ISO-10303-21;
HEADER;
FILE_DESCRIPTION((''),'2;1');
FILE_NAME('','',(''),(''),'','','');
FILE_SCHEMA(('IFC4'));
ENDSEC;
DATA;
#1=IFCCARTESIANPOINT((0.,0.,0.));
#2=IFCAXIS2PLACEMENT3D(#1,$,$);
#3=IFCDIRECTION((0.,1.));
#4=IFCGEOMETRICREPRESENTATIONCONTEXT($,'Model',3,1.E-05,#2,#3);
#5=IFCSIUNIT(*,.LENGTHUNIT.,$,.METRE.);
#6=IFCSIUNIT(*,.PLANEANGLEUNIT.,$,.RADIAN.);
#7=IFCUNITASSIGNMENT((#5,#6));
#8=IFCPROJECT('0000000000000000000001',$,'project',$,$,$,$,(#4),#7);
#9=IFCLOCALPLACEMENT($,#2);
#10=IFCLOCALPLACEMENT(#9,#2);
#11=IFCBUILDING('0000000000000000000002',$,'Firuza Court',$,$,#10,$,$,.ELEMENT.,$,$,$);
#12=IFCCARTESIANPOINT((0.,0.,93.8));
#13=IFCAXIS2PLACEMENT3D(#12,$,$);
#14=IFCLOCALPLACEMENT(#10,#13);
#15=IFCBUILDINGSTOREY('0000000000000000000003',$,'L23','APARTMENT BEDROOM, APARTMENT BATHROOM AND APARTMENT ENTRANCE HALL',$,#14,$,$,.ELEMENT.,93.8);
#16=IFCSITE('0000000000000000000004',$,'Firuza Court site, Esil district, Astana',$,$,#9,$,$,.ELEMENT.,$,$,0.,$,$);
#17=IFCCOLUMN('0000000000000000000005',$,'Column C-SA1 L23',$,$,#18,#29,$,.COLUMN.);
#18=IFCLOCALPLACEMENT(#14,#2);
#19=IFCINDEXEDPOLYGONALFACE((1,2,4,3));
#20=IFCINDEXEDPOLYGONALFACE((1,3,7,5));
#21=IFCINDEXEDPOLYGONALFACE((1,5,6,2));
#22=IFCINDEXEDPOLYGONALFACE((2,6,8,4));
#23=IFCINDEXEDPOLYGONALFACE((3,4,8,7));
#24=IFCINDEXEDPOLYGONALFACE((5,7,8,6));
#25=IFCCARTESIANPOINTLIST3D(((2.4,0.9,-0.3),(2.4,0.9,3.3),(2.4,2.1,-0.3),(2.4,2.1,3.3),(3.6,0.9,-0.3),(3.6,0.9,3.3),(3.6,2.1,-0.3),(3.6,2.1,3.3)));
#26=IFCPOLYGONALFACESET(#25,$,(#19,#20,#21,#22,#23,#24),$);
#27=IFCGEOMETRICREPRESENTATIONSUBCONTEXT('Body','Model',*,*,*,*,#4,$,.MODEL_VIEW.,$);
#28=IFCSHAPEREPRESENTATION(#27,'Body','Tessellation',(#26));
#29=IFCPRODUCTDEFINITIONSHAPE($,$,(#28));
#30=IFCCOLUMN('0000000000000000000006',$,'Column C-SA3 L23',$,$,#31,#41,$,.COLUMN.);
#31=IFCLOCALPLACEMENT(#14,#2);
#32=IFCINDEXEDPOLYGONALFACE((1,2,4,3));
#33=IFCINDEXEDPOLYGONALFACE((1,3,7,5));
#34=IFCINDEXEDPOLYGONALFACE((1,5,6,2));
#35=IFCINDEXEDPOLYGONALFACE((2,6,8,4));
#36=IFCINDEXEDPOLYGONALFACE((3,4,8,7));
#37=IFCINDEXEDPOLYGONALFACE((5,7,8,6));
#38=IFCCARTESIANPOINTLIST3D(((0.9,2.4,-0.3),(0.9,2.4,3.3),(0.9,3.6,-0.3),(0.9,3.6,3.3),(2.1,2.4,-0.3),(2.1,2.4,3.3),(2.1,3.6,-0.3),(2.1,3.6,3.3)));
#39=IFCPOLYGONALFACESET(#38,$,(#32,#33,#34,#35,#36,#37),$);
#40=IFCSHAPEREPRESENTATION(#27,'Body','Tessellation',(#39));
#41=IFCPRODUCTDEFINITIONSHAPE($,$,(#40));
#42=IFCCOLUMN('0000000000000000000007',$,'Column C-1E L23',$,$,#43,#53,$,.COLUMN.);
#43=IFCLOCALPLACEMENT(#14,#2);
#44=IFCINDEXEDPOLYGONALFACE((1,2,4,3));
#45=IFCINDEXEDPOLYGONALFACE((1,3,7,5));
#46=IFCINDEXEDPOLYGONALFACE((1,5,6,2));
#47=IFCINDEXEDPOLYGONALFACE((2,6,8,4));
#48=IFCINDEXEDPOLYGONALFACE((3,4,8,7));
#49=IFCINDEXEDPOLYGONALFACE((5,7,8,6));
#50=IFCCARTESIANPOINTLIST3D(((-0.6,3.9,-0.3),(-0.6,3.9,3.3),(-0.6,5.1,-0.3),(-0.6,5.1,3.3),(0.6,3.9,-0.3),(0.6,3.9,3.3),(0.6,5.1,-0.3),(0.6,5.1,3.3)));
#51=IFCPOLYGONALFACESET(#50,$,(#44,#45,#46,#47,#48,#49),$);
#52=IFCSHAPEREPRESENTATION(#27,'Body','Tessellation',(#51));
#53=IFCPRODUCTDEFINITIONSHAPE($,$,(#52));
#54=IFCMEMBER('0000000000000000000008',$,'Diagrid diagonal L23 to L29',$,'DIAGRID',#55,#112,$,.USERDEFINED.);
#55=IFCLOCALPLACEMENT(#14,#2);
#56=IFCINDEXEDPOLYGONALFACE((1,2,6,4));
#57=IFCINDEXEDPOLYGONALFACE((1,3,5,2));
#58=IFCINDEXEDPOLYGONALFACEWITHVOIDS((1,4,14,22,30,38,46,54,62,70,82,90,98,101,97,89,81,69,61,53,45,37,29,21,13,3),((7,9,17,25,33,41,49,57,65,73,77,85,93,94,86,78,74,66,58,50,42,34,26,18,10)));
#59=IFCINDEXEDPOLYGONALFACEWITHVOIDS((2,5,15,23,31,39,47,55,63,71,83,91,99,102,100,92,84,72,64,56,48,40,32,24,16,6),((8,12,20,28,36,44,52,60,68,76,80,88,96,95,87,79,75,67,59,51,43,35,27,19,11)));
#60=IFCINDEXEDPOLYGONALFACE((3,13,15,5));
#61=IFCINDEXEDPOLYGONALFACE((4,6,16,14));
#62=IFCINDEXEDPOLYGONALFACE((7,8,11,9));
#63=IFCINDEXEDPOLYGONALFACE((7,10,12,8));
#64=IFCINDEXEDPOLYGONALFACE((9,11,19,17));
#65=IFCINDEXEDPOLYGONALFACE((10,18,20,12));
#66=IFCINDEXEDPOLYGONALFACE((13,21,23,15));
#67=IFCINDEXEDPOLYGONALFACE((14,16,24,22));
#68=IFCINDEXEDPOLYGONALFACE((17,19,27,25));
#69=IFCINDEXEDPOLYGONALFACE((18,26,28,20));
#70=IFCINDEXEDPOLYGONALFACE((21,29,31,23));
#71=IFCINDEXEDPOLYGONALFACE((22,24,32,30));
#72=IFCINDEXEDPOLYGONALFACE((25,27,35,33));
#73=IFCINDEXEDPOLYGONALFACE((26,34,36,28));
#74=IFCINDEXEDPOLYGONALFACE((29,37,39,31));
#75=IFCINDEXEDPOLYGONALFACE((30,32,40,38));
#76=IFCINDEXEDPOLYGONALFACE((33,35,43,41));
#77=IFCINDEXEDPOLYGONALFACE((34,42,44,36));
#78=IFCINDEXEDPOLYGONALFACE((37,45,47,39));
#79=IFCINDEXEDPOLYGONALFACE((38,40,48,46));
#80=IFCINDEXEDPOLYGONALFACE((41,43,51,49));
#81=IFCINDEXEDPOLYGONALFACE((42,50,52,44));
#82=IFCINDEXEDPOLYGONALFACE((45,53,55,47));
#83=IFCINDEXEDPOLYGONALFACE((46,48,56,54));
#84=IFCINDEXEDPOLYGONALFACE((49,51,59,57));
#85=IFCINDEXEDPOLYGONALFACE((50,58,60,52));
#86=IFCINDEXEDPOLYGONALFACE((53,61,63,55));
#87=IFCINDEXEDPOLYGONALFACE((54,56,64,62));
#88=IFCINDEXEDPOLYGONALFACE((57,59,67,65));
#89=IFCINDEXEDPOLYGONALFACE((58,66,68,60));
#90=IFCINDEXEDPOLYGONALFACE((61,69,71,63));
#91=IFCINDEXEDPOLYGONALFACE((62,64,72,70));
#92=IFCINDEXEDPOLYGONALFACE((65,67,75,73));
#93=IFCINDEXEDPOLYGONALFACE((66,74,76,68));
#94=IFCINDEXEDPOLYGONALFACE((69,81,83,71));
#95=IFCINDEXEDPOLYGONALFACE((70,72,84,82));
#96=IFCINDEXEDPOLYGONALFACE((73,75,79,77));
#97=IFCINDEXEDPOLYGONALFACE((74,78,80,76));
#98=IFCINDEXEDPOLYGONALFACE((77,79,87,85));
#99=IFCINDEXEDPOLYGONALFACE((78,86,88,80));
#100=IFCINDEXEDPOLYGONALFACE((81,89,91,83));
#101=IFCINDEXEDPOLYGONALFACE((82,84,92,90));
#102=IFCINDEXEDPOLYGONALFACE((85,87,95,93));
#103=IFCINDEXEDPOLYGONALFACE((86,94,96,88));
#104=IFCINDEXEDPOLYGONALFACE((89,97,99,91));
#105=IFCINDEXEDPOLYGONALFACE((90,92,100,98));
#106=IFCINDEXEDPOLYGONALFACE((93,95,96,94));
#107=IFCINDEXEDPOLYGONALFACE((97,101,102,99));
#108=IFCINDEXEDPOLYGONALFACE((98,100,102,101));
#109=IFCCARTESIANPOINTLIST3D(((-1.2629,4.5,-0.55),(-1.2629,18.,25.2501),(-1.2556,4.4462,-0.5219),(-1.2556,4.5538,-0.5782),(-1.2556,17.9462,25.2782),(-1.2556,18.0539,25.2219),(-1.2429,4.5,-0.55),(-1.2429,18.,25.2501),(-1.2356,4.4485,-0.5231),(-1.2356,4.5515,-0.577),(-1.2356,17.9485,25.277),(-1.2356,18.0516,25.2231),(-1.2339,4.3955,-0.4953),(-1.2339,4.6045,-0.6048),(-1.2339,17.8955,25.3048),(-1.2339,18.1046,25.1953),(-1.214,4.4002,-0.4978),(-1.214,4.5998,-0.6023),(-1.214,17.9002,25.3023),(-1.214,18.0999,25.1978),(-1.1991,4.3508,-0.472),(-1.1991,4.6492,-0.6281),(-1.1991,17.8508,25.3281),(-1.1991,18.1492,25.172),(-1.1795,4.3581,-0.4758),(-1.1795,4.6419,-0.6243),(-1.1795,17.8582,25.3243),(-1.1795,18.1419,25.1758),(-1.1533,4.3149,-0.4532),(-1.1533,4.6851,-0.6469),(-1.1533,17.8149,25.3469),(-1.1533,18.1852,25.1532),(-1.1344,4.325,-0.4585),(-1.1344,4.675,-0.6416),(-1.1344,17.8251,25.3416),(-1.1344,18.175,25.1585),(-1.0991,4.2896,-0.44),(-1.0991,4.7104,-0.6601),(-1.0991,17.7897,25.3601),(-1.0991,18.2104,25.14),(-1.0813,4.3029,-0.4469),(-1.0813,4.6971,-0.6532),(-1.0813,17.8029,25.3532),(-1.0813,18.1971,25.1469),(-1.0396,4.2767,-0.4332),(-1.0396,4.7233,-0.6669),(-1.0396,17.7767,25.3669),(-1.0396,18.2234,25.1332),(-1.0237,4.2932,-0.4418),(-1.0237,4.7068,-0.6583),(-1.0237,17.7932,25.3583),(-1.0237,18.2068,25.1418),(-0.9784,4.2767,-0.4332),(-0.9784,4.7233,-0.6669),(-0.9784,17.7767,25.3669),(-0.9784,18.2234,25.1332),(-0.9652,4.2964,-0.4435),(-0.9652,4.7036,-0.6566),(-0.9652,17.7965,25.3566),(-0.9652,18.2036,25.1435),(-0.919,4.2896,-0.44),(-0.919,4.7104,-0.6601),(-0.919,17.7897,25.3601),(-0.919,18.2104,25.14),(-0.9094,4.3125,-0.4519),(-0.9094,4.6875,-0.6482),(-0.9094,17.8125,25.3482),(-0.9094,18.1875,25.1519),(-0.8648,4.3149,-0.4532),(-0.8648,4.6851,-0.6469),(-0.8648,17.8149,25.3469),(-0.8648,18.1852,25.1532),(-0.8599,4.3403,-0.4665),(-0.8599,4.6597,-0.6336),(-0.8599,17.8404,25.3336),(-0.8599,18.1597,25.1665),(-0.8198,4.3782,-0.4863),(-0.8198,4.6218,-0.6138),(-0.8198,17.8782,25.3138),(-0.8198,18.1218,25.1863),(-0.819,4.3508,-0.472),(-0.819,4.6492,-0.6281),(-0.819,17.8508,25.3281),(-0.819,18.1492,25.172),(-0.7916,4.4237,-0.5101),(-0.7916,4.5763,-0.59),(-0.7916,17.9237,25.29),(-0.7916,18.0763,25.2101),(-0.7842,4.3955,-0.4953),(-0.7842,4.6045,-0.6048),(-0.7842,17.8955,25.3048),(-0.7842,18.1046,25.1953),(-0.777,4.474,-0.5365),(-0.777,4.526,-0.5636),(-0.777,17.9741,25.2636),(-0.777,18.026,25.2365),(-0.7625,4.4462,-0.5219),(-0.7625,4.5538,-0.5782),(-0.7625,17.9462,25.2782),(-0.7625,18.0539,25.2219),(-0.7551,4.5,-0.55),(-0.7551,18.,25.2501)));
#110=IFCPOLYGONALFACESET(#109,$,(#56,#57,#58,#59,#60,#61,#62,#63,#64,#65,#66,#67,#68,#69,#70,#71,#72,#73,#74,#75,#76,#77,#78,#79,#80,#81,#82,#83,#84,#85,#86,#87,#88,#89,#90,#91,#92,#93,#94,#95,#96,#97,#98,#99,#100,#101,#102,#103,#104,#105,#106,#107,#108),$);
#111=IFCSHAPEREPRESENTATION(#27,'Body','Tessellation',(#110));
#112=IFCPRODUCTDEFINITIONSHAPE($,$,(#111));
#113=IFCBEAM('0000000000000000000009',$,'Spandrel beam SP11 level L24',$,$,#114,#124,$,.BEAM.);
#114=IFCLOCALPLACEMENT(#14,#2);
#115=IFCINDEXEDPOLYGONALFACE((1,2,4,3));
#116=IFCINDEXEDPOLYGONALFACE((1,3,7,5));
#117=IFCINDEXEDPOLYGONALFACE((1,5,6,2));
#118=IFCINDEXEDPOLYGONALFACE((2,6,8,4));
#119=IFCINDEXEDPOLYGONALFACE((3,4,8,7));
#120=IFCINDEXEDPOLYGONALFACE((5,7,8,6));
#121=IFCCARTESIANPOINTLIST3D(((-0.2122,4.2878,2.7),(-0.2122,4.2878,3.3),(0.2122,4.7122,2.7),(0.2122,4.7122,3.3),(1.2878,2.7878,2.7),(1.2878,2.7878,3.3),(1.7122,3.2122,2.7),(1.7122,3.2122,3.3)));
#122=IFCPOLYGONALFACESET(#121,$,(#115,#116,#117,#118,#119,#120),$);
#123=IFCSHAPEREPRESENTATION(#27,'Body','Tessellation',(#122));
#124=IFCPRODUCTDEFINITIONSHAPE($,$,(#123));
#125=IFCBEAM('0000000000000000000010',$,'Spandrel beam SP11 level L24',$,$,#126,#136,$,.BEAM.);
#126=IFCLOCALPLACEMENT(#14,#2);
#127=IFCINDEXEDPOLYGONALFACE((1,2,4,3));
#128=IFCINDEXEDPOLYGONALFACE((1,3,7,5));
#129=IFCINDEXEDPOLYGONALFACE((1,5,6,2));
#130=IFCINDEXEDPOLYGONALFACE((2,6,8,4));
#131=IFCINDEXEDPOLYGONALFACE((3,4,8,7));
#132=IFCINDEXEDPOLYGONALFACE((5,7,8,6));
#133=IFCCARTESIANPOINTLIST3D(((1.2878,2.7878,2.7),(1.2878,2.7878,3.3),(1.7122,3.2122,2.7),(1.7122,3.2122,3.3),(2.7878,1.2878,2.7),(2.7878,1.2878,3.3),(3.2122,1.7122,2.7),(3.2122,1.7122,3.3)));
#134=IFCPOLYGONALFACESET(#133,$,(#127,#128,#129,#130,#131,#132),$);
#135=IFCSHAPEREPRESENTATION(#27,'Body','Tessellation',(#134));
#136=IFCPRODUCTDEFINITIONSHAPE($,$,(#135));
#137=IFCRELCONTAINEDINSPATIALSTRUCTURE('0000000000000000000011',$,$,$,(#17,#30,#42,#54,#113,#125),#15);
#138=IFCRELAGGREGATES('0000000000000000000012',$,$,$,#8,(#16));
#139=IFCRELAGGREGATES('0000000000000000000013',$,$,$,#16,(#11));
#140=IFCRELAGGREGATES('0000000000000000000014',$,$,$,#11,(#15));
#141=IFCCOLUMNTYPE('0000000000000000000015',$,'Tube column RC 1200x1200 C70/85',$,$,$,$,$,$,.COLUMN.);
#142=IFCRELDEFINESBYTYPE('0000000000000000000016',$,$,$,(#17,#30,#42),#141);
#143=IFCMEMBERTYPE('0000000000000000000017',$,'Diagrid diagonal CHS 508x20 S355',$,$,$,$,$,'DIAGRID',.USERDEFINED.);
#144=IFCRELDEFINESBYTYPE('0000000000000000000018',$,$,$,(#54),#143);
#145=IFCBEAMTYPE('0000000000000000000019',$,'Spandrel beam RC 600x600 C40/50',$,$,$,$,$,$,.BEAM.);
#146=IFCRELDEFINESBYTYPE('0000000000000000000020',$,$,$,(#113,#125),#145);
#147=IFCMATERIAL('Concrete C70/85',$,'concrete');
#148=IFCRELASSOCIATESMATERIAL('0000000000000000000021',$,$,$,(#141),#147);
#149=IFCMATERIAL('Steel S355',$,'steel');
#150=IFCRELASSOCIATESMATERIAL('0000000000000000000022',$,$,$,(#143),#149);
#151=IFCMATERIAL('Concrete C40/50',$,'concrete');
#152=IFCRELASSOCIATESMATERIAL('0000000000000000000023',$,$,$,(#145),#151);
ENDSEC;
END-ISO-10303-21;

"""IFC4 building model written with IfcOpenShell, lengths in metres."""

from ifc_helpers import new_model, si_unit, direction, frame, origin, origin_2d, place, context, subcontext, project, spatial, rectangle, hollow_circle, extrude, material, material_profile, profile_set, type_object, element, save


model = new_model("IFC4")

# Units and contexts
model_context = context("Model", 3, precision=1e-05, world=origin(), true_north=direction((0.0, 1.0)))
body_context = subcontext(model_context, "Body", "Model", "MODEL_VIEW")
ifc_project = project(units=[si_unit("LENGTHUNIT", "METRE"), si_unit("PLANEANGLEUNIT", "RADIAN")], contexts=[model_context])

# Site, building, storey
site_placement = place(None, origin())
site = spatial("IfcSite", under=ifc_project, at=site_placement, Name="Firuza Court site, Esil district, Astana", CompositionType="ELEMENT", RefElevation=0.0)
building_placement = place(site_placement, origin())
building = spatial("IfcBuilding", under=site, at=building_placement, Name="Firuza Court", CompositionType="ELEMENT")
storey_placement = place(building_placement, frame((0.0, 0.0, 93.8)))
storey = spatial("IfcBuildingStorey", under=building, at=storey_placement, Name="L23", Description="APARTMENT BEDROOM, APARTMENT BATHROOM AND APARTMENT ENTRANCE HALL", CompositionType="ELEMENT", Elevation=93.8)

# Columns
ifc_material_1 = material(Name="Concrete C70/85", Category="concrete")
ifc_material_profile_1 = material_profile(ifc_material_1, rectangle(XDim=1.2, YDim=1.2, at=origin_2d()), Name="RC 1200x1200")
ifc_profile_set_1 = profile_set([ifc_material_profile_1], Name="Concrete C70/85")
column_type = type_object("IfcColumnType", Name="Tube column RC 1200x1200 C70/85", PredefinedType="COLUMN", material=ifc_profile_set_1)
for number, where, z_axis, x_axis, name in (
    (1, (3.0, 1.5, -0.3), (0.0, 0.0, 1.0), (1.0, 0.0, 0.0), "Column C-SA1 L23"),
    (2, (1.5, 3.0, -0.3), (0.0, 0.0, 1.0), (1.0, 0.0, 0.0), "Column C-SA3 L23"),
    (3, (0.0, 4.5, -0.3), (0.0, 0.0, 1.0), (1.0, 0.0, 0.0), "Column C-1E L23"),
):
    element("IfcColumn", number, at=place(storey_placement, frame(where, z_axis=z_axis, x_axis=x_axis)), inside=storey, type_object=column_type, Name=name, PredefinedType="COLUMN", context=body_context, shape_type="SweptSolid", body=[
        extrude(rectangle(XDim=1.2, YDim=1.2, at=origin_2d()), origin(), (0.0, 0.0, 1.0), 3.6001),
    ])

# Member
ifc_material_2 = material(Name="Steel S355", Category="steel")
ifc_material_profile_2 = material_profile(ifc_material_2, hollow_circle(Radius=0.2539, WallThickness=0.02, at=origin_2d()), Name="CHS 508x20")
ifc_profile_set_2 = profile_set([ifc_material_profile_2], Name="Steel S355")
member_type = type_object("IfcMemberType", Name="Diagrid diagonal CHS 508x20 S355", ElementType="DIAGRID", PredefinedType="USERDEFINED", material=ifc_profile_set_2)
member_placement = place(storey_placement, frame((-1.009, 4.5, -0.55), z_axis=(0.0, 0.463621, 0.886033), x_axis=(-1.0, 0.0, 0.0)))
element("IfcMember", 4, at=member_placement, inside=storey, type_object=member_type, Name="Diagrid diagonal L23 to L29", ObjectType="DIAGRID", PredefinedType="USERDEFINED", context=body_context, shape_type="SweptSolid", body=[
    extrude(hollow_circle(Radius=0.2539, WallThickness=0.02, at=origin_2d()), origin(), (0.0, 0.0, 1.0), 29.1187),
])

# Beams
ifc_material_3 = material(Name="Concrete C40/50", Category="concrete")
ifc_material_profile_3 = material_profile(ifc_material_3, rectangle(XDim=0.6001, YDim=0.6001, at=origin_2d()), Name="RC 600x600")
ifc_profile_set_3 = profile_set([ifc_material_profile_3], Name="Concrete C40/50")
beam_type = type_object("IfcBeamType", Name="Spandrel beam RC 600x600 C40/50", PredefinedType="BEAM", material=ifc_profile_set_3)
for number, where, z_axis, x_axis, name in (
    (5, (0.0, 4.5, 3.0), (0.707107, -0.707107, 0.0), (0.707107, 0.707107, 0.0), "Spandrel beam SP11 level L24"),
    (6, (1.5, 3.0, 3.0), (0.707107, -0.707107, 0.0), (0.707107, 0.707107, 0.0), "Spandrel beam SP11 level L24"),
):
    element("IfcBeam", number, at=place(storey_placement, frame(where, z_axis=z_axis, x_axis=x_axis)), inside=storey, type_object=beam_type, Name=name, PredefinedType="BEAM", context=body_context, shape_type="SweptSolid", body=[
        extrude(rectangle(XDim=0.6001, YDim=0.6001, at=origin_2d()), origin(), (0.0, 0.0, 1.0), 2.1213),
    ])

save(model, "model.ifc")
